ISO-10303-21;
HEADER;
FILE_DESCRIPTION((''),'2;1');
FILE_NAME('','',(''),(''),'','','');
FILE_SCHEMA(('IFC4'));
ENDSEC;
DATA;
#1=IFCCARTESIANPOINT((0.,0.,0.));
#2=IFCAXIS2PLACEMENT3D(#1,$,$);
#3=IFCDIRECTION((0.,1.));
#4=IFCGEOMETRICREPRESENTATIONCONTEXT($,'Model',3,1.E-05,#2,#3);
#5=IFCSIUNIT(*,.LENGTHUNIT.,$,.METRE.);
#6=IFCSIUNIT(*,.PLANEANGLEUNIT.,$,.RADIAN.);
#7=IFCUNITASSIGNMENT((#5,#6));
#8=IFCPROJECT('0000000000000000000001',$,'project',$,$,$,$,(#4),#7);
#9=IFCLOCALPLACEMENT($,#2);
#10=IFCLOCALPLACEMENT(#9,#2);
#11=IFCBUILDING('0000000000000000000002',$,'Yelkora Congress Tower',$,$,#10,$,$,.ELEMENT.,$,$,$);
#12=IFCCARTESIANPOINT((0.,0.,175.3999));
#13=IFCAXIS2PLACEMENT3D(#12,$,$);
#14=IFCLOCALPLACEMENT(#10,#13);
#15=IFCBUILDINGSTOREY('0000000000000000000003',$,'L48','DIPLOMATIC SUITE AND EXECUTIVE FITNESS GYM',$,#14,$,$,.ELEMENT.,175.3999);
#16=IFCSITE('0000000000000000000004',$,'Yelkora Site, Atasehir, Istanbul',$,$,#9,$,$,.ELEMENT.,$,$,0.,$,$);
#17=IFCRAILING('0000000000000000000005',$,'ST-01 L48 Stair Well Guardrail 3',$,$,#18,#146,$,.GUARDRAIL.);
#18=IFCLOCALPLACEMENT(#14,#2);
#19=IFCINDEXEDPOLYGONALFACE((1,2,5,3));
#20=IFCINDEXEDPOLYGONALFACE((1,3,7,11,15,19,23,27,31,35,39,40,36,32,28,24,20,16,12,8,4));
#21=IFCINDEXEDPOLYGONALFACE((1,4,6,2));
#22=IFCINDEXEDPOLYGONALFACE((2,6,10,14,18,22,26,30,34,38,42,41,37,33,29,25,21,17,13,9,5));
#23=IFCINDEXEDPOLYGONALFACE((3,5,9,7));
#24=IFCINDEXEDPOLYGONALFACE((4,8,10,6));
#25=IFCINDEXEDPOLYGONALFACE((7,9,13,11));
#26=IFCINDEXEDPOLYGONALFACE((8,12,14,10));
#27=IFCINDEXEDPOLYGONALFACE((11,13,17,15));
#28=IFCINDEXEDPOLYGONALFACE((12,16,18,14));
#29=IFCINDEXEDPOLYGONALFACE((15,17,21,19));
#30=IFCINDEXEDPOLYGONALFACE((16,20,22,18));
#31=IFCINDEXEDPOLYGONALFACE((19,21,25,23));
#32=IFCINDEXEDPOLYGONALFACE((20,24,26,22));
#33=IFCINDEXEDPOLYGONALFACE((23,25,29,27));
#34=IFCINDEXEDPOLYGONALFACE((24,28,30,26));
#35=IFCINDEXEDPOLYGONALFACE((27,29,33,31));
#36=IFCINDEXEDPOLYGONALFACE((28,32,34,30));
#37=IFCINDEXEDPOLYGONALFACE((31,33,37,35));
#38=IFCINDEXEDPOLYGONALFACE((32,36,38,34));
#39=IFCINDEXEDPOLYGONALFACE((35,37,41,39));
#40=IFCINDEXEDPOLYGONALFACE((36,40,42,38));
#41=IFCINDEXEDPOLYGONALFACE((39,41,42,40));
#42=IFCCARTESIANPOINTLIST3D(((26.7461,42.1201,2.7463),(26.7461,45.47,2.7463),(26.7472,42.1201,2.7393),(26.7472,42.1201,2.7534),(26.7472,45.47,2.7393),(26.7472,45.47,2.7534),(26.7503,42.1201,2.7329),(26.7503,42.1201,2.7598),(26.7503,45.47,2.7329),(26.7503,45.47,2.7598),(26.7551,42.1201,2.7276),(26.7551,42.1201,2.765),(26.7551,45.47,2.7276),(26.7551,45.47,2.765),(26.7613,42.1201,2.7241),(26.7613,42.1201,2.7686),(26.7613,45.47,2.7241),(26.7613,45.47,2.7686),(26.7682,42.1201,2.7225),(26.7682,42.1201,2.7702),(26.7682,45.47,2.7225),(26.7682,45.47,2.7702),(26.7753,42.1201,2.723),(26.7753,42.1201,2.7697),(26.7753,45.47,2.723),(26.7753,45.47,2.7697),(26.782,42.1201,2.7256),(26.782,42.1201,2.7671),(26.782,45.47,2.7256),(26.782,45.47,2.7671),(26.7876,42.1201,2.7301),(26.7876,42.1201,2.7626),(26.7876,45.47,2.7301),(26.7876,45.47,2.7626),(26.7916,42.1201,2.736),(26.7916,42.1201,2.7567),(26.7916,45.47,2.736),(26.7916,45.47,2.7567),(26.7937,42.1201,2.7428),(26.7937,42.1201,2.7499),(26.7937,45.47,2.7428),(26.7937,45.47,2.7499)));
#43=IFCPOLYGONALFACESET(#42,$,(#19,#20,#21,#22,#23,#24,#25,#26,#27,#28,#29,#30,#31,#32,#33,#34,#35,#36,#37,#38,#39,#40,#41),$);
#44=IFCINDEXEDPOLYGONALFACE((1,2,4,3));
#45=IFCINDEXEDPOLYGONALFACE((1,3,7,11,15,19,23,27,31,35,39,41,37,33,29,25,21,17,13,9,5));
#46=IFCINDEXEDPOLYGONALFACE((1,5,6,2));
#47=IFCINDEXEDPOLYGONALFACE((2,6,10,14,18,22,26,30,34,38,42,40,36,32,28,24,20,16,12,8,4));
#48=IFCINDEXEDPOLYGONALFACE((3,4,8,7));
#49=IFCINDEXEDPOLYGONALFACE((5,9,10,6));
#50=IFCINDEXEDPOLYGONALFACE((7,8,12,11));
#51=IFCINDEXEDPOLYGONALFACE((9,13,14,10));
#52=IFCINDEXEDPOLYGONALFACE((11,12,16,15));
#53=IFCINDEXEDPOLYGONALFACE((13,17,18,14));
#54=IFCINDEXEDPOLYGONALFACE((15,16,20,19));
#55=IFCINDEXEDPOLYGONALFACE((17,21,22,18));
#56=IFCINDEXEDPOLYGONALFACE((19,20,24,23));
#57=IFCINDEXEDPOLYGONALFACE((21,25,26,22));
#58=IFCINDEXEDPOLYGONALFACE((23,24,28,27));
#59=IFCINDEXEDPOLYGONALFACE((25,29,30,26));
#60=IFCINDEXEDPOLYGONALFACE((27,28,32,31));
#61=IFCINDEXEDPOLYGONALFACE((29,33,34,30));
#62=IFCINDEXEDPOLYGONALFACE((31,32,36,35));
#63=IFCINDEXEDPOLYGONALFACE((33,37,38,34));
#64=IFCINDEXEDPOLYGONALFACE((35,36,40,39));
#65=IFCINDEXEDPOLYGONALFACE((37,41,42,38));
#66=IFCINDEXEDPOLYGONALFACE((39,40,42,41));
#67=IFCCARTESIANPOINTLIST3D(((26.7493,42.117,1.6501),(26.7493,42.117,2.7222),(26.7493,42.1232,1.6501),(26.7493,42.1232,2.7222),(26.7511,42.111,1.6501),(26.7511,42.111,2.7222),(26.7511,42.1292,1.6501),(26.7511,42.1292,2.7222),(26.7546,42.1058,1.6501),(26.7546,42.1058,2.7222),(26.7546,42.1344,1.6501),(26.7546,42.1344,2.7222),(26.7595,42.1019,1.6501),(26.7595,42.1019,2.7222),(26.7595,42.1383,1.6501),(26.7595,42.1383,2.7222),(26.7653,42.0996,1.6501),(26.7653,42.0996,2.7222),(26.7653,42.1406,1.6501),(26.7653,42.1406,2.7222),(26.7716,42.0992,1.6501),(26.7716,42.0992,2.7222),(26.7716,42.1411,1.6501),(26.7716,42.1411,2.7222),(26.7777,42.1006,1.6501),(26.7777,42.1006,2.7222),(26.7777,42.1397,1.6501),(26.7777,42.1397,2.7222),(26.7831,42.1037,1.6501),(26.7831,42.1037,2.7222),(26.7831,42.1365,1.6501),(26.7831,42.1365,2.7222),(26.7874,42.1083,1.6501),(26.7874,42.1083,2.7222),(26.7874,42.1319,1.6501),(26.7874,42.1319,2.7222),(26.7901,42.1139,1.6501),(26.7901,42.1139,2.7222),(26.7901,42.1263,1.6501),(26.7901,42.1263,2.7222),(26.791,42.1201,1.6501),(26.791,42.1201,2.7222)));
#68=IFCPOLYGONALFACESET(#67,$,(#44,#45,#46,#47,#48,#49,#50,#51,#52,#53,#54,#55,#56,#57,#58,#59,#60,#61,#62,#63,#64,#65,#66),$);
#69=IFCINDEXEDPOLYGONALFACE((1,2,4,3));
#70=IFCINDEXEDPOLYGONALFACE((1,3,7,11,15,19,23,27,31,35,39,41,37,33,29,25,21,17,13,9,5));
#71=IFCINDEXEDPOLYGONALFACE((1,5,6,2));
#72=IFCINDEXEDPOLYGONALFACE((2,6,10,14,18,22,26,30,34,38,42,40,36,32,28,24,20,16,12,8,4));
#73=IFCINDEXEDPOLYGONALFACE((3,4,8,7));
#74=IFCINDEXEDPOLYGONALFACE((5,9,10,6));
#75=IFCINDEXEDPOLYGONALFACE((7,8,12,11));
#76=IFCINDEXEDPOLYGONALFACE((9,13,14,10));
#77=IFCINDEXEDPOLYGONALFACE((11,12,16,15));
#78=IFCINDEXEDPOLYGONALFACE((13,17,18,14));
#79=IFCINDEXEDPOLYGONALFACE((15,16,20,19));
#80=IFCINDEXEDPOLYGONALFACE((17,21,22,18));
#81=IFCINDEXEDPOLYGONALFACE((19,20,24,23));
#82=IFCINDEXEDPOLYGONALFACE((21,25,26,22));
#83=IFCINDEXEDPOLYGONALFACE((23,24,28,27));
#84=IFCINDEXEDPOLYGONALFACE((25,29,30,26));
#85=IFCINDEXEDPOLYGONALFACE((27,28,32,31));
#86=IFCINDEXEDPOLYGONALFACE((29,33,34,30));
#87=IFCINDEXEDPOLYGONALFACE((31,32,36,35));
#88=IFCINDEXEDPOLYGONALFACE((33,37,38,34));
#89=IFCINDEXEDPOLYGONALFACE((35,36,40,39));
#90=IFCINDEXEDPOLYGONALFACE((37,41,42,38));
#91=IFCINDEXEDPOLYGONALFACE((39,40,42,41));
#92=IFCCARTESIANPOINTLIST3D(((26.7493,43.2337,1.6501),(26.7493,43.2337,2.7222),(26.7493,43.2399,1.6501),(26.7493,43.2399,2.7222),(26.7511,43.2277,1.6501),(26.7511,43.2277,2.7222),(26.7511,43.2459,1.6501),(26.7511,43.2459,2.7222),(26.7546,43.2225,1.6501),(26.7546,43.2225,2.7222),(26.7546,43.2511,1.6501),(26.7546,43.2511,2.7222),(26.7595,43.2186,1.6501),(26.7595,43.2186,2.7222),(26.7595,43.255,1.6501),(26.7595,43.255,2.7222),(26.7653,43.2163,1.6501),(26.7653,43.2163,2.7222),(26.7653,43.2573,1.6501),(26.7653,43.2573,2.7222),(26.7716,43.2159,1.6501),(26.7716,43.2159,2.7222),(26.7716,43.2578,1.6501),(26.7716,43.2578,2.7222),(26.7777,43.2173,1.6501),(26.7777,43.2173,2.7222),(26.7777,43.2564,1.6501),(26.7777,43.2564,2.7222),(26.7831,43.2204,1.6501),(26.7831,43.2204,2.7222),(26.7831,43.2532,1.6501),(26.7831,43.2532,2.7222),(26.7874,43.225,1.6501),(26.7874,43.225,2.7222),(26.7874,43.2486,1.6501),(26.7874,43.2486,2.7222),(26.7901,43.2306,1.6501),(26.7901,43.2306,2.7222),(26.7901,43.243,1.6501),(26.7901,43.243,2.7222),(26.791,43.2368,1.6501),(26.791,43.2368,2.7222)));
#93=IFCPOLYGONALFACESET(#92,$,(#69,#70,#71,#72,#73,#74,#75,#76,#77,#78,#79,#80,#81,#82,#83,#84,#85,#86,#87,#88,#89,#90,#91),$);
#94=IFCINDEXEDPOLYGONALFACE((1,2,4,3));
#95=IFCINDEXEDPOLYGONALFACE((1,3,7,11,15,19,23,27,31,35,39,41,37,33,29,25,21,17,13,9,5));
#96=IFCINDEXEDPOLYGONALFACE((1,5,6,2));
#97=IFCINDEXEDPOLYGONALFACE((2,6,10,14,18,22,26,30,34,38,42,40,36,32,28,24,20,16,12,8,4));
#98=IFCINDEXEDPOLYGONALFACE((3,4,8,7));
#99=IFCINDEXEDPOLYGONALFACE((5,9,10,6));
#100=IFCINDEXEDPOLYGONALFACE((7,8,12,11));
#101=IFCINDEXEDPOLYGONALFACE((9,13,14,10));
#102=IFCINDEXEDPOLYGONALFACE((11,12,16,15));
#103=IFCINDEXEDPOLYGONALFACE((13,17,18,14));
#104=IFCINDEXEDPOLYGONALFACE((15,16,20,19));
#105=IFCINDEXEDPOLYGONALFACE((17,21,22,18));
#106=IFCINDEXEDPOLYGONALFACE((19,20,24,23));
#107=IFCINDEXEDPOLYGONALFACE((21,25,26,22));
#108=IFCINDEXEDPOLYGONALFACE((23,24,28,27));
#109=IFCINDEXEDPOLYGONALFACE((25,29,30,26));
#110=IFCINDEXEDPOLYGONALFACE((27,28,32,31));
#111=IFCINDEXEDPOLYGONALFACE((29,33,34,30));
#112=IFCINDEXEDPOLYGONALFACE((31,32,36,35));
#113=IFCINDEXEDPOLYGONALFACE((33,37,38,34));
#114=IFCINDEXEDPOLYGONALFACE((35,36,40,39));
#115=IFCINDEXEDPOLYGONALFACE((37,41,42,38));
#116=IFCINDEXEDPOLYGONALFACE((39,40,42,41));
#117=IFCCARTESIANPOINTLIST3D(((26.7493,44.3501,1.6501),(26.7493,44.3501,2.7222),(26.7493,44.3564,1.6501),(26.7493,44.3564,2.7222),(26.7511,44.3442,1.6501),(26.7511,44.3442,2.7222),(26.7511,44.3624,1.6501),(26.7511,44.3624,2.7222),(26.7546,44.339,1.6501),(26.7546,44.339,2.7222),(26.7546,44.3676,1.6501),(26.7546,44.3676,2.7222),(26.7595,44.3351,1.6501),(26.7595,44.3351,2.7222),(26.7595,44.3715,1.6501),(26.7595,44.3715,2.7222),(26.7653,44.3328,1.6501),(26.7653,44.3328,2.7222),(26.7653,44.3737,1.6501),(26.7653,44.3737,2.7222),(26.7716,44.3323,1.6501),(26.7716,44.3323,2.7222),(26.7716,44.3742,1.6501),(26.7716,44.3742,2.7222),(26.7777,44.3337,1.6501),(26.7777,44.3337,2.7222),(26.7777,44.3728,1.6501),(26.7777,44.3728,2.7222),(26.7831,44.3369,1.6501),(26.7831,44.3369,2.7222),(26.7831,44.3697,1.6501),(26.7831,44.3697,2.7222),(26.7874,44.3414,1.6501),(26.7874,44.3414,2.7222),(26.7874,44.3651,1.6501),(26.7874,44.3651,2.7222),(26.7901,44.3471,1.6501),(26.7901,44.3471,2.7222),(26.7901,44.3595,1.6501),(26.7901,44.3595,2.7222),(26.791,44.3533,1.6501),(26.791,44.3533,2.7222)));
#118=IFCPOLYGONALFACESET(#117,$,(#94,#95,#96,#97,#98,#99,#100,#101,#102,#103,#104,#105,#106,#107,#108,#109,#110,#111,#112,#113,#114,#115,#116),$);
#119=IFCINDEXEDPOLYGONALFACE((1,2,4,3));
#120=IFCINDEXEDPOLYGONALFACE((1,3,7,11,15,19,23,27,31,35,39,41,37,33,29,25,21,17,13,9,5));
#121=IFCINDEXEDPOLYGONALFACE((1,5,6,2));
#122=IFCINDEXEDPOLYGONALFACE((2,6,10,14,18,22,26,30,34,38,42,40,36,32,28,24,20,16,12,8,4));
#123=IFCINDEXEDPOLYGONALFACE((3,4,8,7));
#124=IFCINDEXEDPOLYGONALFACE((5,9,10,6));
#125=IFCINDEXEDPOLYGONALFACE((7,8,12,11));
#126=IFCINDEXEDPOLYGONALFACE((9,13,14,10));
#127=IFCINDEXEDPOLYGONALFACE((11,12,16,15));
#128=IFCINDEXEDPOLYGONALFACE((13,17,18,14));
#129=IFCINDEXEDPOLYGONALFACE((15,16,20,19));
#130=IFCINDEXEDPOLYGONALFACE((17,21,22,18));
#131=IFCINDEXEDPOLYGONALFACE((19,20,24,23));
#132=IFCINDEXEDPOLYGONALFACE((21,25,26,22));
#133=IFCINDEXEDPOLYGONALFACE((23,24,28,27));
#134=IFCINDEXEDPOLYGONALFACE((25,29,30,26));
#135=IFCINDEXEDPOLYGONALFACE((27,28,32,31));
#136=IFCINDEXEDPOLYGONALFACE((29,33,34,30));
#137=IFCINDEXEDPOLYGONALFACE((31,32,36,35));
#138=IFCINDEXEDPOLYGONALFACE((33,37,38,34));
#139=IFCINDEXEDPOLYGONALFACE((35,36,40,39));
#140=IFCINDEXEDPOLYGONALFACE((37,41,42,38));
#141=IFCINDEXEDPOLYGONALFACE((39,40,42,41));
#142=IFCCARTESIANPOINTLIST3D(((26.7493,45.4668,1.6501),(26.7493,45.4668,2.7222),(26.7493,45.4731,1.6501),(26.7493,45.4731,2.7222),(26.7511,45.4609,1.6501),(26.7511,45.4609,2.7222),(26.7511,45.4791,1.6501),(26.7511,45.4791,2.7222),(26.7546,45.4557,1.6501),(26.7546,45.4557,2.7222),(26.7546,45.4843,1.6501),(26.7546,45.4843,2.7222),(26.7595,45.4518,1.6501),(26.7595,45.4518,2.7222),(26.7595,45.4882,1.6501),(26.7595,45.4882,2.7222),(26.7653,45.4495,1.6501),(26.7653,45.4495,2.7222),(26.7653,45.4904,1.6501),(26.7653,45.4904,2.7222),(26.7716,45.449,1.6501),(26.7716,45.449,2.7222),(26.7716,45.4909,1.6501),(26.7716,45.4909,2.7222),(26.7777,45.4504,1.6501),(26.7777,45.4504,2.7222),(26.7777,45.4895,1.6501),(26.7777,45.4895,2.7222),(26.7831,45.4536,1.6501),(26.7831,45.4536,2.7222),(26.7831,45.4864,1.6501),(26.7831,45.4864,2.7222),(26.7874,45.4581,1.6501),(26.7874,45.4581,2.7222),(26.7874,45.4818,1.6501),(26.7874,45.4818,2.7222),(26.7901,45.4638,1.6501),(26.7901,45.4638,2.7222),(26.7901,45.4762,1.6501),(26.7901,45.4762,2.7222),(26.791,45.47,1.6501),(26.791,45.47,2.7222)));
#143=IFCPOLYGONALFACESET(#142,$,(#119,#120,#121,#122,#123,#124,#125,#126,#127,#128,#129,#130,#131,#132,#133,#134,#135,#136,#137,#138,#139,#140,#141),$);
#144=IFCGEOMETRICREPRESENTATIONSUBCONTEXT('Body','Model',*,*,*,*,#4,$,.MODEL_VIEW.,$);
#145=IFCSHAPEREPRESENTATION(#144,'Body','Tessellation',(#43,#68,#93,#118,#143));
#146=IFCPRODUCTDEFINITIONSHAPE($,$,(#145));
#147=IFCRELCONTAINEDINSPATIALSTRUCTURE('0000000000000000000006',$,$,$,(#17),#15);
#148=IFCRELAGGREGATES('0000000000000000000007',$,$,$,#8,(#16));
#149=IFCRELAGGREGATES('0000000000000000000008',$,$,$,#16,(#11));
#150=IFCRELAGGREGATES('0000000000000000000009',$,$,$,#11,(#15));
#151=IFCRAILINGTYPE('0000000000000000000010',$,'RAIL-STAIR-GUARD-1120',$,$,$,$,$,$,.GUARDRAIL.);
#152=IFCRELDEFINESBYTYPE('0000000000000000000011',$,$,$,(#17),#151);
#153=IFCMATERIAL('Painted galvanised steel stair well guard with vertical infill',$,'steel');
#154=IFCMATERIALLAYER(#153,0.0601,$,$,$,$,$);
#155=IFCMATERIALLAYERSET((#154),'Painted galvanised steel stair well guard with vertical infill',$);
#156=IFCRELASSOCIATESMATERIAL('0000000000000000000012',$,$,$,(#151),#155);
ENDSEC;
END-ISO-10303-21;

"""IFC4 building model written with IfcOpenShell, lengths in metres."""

from ifc_helpers import new_model, si_unit, direction, frame, origin, origin_2d, place, context, subcontext, project, spatial, circle, extrude, material, layer, layer_set, type_object, element, save


model = new_model("IFC4")

# Units and contexts
model_context = context("Model", 3, precision=1e-05, world=origin(), true_north=direction((0.0, 1.0)))
body_context = subcontext(model_context, "Body", "Model", "MODEL_VIEW")
ifc_project = project(units=[si_unit("LENGTHUNIT", "METRE"), si_unit("PLANEANGLEUNIT", "RADIAN")], contexts=[model_context])

# Site, building, storey
site_placement = place(None, origin())
site = spatial("IfcSite", under=ifc_project, at=site_placement, Name="Yelkora Site, Atasehir, Istanbul", CompositionType="ELEMENT", RefElevation=0.0)
building_placement = place(site_placement, origin())
building = spatial("IfcBuilding", under=site, at=building_placement, Name="Yelkora Congress Tower", CompositionType="ELEMENT")
storey_placement = place(building_placement, frame((0.0, 0.0, 175.3999)))
storey = spatial("IfcBuildingStorey", under=building, at=storey_placement, Name="L48", Description="DIPLOMATIC SUITE AND EXECUTIVE FITNESS GYM", CompositionType="ELEMENT", Elevation=175.3999)

# Railing
ifc_material_1 = material(Name="Painted galvanised steel stair well guard with vertical infill", Category="steel")
ifc_layer_1 = layer(ifc_material_1, 0.0601)
ifc_layer_set_1 = layer_set([ifc_layer_1], Name="Painted galvanised steel stair well guard with vertical infill")
railing_type_1 = type_object("IfcRailingType", Name="RAIL-STAIR-GUARD-1120", PredefinedType="GUARDRAIL", material=ifc_layer_set_1)
for number, where, name in (
    (1, (26.77, 42.1201, 1.6501), "ST-01 L48 Stair Well Guardrail 3"),
):
    element("IfcRailing", number, at=place(storey_placement, frame(where)), inside=storey, type_object=railing_type_1, Name=name, PredefinedType="GUARDRAIL", context=body_context, shape_type="SweptSolid", body=[
        extrude(circle(Radius=0.0239, at=origin_2d()), frame((0.0, 0.0, 1.0962), z_axis=(0.0, 1.0, 0.0), x_axis=(-1.0, 0.0, 0.0)), (0.0, 0.0, 1.0), 3.3499),
        extrude(circle(Radius=0.021, at=origin_2d()), origin(), (0.0, 0.0, 1.0), 1.072),
        extrude(circle(Radius=0.021, at=origin_2d()), frame((0.0, 1.1167, 0.0)), (0.0, 0.0, 1.0), 1.072),
        extrude(circle(Radius=0.021, at=origin_2d()), frame((0.0, 2.2332, 0.0)), (0.0, 0.0, 1.0), 1.072),
        extrude(circle(Radius=0.021, at=origin_2d()), frame((0.0, 3.3499, 0.0)), (0.0, 0.0, 1.0), 1.072),
    ])

save(model, "model.ifc")
